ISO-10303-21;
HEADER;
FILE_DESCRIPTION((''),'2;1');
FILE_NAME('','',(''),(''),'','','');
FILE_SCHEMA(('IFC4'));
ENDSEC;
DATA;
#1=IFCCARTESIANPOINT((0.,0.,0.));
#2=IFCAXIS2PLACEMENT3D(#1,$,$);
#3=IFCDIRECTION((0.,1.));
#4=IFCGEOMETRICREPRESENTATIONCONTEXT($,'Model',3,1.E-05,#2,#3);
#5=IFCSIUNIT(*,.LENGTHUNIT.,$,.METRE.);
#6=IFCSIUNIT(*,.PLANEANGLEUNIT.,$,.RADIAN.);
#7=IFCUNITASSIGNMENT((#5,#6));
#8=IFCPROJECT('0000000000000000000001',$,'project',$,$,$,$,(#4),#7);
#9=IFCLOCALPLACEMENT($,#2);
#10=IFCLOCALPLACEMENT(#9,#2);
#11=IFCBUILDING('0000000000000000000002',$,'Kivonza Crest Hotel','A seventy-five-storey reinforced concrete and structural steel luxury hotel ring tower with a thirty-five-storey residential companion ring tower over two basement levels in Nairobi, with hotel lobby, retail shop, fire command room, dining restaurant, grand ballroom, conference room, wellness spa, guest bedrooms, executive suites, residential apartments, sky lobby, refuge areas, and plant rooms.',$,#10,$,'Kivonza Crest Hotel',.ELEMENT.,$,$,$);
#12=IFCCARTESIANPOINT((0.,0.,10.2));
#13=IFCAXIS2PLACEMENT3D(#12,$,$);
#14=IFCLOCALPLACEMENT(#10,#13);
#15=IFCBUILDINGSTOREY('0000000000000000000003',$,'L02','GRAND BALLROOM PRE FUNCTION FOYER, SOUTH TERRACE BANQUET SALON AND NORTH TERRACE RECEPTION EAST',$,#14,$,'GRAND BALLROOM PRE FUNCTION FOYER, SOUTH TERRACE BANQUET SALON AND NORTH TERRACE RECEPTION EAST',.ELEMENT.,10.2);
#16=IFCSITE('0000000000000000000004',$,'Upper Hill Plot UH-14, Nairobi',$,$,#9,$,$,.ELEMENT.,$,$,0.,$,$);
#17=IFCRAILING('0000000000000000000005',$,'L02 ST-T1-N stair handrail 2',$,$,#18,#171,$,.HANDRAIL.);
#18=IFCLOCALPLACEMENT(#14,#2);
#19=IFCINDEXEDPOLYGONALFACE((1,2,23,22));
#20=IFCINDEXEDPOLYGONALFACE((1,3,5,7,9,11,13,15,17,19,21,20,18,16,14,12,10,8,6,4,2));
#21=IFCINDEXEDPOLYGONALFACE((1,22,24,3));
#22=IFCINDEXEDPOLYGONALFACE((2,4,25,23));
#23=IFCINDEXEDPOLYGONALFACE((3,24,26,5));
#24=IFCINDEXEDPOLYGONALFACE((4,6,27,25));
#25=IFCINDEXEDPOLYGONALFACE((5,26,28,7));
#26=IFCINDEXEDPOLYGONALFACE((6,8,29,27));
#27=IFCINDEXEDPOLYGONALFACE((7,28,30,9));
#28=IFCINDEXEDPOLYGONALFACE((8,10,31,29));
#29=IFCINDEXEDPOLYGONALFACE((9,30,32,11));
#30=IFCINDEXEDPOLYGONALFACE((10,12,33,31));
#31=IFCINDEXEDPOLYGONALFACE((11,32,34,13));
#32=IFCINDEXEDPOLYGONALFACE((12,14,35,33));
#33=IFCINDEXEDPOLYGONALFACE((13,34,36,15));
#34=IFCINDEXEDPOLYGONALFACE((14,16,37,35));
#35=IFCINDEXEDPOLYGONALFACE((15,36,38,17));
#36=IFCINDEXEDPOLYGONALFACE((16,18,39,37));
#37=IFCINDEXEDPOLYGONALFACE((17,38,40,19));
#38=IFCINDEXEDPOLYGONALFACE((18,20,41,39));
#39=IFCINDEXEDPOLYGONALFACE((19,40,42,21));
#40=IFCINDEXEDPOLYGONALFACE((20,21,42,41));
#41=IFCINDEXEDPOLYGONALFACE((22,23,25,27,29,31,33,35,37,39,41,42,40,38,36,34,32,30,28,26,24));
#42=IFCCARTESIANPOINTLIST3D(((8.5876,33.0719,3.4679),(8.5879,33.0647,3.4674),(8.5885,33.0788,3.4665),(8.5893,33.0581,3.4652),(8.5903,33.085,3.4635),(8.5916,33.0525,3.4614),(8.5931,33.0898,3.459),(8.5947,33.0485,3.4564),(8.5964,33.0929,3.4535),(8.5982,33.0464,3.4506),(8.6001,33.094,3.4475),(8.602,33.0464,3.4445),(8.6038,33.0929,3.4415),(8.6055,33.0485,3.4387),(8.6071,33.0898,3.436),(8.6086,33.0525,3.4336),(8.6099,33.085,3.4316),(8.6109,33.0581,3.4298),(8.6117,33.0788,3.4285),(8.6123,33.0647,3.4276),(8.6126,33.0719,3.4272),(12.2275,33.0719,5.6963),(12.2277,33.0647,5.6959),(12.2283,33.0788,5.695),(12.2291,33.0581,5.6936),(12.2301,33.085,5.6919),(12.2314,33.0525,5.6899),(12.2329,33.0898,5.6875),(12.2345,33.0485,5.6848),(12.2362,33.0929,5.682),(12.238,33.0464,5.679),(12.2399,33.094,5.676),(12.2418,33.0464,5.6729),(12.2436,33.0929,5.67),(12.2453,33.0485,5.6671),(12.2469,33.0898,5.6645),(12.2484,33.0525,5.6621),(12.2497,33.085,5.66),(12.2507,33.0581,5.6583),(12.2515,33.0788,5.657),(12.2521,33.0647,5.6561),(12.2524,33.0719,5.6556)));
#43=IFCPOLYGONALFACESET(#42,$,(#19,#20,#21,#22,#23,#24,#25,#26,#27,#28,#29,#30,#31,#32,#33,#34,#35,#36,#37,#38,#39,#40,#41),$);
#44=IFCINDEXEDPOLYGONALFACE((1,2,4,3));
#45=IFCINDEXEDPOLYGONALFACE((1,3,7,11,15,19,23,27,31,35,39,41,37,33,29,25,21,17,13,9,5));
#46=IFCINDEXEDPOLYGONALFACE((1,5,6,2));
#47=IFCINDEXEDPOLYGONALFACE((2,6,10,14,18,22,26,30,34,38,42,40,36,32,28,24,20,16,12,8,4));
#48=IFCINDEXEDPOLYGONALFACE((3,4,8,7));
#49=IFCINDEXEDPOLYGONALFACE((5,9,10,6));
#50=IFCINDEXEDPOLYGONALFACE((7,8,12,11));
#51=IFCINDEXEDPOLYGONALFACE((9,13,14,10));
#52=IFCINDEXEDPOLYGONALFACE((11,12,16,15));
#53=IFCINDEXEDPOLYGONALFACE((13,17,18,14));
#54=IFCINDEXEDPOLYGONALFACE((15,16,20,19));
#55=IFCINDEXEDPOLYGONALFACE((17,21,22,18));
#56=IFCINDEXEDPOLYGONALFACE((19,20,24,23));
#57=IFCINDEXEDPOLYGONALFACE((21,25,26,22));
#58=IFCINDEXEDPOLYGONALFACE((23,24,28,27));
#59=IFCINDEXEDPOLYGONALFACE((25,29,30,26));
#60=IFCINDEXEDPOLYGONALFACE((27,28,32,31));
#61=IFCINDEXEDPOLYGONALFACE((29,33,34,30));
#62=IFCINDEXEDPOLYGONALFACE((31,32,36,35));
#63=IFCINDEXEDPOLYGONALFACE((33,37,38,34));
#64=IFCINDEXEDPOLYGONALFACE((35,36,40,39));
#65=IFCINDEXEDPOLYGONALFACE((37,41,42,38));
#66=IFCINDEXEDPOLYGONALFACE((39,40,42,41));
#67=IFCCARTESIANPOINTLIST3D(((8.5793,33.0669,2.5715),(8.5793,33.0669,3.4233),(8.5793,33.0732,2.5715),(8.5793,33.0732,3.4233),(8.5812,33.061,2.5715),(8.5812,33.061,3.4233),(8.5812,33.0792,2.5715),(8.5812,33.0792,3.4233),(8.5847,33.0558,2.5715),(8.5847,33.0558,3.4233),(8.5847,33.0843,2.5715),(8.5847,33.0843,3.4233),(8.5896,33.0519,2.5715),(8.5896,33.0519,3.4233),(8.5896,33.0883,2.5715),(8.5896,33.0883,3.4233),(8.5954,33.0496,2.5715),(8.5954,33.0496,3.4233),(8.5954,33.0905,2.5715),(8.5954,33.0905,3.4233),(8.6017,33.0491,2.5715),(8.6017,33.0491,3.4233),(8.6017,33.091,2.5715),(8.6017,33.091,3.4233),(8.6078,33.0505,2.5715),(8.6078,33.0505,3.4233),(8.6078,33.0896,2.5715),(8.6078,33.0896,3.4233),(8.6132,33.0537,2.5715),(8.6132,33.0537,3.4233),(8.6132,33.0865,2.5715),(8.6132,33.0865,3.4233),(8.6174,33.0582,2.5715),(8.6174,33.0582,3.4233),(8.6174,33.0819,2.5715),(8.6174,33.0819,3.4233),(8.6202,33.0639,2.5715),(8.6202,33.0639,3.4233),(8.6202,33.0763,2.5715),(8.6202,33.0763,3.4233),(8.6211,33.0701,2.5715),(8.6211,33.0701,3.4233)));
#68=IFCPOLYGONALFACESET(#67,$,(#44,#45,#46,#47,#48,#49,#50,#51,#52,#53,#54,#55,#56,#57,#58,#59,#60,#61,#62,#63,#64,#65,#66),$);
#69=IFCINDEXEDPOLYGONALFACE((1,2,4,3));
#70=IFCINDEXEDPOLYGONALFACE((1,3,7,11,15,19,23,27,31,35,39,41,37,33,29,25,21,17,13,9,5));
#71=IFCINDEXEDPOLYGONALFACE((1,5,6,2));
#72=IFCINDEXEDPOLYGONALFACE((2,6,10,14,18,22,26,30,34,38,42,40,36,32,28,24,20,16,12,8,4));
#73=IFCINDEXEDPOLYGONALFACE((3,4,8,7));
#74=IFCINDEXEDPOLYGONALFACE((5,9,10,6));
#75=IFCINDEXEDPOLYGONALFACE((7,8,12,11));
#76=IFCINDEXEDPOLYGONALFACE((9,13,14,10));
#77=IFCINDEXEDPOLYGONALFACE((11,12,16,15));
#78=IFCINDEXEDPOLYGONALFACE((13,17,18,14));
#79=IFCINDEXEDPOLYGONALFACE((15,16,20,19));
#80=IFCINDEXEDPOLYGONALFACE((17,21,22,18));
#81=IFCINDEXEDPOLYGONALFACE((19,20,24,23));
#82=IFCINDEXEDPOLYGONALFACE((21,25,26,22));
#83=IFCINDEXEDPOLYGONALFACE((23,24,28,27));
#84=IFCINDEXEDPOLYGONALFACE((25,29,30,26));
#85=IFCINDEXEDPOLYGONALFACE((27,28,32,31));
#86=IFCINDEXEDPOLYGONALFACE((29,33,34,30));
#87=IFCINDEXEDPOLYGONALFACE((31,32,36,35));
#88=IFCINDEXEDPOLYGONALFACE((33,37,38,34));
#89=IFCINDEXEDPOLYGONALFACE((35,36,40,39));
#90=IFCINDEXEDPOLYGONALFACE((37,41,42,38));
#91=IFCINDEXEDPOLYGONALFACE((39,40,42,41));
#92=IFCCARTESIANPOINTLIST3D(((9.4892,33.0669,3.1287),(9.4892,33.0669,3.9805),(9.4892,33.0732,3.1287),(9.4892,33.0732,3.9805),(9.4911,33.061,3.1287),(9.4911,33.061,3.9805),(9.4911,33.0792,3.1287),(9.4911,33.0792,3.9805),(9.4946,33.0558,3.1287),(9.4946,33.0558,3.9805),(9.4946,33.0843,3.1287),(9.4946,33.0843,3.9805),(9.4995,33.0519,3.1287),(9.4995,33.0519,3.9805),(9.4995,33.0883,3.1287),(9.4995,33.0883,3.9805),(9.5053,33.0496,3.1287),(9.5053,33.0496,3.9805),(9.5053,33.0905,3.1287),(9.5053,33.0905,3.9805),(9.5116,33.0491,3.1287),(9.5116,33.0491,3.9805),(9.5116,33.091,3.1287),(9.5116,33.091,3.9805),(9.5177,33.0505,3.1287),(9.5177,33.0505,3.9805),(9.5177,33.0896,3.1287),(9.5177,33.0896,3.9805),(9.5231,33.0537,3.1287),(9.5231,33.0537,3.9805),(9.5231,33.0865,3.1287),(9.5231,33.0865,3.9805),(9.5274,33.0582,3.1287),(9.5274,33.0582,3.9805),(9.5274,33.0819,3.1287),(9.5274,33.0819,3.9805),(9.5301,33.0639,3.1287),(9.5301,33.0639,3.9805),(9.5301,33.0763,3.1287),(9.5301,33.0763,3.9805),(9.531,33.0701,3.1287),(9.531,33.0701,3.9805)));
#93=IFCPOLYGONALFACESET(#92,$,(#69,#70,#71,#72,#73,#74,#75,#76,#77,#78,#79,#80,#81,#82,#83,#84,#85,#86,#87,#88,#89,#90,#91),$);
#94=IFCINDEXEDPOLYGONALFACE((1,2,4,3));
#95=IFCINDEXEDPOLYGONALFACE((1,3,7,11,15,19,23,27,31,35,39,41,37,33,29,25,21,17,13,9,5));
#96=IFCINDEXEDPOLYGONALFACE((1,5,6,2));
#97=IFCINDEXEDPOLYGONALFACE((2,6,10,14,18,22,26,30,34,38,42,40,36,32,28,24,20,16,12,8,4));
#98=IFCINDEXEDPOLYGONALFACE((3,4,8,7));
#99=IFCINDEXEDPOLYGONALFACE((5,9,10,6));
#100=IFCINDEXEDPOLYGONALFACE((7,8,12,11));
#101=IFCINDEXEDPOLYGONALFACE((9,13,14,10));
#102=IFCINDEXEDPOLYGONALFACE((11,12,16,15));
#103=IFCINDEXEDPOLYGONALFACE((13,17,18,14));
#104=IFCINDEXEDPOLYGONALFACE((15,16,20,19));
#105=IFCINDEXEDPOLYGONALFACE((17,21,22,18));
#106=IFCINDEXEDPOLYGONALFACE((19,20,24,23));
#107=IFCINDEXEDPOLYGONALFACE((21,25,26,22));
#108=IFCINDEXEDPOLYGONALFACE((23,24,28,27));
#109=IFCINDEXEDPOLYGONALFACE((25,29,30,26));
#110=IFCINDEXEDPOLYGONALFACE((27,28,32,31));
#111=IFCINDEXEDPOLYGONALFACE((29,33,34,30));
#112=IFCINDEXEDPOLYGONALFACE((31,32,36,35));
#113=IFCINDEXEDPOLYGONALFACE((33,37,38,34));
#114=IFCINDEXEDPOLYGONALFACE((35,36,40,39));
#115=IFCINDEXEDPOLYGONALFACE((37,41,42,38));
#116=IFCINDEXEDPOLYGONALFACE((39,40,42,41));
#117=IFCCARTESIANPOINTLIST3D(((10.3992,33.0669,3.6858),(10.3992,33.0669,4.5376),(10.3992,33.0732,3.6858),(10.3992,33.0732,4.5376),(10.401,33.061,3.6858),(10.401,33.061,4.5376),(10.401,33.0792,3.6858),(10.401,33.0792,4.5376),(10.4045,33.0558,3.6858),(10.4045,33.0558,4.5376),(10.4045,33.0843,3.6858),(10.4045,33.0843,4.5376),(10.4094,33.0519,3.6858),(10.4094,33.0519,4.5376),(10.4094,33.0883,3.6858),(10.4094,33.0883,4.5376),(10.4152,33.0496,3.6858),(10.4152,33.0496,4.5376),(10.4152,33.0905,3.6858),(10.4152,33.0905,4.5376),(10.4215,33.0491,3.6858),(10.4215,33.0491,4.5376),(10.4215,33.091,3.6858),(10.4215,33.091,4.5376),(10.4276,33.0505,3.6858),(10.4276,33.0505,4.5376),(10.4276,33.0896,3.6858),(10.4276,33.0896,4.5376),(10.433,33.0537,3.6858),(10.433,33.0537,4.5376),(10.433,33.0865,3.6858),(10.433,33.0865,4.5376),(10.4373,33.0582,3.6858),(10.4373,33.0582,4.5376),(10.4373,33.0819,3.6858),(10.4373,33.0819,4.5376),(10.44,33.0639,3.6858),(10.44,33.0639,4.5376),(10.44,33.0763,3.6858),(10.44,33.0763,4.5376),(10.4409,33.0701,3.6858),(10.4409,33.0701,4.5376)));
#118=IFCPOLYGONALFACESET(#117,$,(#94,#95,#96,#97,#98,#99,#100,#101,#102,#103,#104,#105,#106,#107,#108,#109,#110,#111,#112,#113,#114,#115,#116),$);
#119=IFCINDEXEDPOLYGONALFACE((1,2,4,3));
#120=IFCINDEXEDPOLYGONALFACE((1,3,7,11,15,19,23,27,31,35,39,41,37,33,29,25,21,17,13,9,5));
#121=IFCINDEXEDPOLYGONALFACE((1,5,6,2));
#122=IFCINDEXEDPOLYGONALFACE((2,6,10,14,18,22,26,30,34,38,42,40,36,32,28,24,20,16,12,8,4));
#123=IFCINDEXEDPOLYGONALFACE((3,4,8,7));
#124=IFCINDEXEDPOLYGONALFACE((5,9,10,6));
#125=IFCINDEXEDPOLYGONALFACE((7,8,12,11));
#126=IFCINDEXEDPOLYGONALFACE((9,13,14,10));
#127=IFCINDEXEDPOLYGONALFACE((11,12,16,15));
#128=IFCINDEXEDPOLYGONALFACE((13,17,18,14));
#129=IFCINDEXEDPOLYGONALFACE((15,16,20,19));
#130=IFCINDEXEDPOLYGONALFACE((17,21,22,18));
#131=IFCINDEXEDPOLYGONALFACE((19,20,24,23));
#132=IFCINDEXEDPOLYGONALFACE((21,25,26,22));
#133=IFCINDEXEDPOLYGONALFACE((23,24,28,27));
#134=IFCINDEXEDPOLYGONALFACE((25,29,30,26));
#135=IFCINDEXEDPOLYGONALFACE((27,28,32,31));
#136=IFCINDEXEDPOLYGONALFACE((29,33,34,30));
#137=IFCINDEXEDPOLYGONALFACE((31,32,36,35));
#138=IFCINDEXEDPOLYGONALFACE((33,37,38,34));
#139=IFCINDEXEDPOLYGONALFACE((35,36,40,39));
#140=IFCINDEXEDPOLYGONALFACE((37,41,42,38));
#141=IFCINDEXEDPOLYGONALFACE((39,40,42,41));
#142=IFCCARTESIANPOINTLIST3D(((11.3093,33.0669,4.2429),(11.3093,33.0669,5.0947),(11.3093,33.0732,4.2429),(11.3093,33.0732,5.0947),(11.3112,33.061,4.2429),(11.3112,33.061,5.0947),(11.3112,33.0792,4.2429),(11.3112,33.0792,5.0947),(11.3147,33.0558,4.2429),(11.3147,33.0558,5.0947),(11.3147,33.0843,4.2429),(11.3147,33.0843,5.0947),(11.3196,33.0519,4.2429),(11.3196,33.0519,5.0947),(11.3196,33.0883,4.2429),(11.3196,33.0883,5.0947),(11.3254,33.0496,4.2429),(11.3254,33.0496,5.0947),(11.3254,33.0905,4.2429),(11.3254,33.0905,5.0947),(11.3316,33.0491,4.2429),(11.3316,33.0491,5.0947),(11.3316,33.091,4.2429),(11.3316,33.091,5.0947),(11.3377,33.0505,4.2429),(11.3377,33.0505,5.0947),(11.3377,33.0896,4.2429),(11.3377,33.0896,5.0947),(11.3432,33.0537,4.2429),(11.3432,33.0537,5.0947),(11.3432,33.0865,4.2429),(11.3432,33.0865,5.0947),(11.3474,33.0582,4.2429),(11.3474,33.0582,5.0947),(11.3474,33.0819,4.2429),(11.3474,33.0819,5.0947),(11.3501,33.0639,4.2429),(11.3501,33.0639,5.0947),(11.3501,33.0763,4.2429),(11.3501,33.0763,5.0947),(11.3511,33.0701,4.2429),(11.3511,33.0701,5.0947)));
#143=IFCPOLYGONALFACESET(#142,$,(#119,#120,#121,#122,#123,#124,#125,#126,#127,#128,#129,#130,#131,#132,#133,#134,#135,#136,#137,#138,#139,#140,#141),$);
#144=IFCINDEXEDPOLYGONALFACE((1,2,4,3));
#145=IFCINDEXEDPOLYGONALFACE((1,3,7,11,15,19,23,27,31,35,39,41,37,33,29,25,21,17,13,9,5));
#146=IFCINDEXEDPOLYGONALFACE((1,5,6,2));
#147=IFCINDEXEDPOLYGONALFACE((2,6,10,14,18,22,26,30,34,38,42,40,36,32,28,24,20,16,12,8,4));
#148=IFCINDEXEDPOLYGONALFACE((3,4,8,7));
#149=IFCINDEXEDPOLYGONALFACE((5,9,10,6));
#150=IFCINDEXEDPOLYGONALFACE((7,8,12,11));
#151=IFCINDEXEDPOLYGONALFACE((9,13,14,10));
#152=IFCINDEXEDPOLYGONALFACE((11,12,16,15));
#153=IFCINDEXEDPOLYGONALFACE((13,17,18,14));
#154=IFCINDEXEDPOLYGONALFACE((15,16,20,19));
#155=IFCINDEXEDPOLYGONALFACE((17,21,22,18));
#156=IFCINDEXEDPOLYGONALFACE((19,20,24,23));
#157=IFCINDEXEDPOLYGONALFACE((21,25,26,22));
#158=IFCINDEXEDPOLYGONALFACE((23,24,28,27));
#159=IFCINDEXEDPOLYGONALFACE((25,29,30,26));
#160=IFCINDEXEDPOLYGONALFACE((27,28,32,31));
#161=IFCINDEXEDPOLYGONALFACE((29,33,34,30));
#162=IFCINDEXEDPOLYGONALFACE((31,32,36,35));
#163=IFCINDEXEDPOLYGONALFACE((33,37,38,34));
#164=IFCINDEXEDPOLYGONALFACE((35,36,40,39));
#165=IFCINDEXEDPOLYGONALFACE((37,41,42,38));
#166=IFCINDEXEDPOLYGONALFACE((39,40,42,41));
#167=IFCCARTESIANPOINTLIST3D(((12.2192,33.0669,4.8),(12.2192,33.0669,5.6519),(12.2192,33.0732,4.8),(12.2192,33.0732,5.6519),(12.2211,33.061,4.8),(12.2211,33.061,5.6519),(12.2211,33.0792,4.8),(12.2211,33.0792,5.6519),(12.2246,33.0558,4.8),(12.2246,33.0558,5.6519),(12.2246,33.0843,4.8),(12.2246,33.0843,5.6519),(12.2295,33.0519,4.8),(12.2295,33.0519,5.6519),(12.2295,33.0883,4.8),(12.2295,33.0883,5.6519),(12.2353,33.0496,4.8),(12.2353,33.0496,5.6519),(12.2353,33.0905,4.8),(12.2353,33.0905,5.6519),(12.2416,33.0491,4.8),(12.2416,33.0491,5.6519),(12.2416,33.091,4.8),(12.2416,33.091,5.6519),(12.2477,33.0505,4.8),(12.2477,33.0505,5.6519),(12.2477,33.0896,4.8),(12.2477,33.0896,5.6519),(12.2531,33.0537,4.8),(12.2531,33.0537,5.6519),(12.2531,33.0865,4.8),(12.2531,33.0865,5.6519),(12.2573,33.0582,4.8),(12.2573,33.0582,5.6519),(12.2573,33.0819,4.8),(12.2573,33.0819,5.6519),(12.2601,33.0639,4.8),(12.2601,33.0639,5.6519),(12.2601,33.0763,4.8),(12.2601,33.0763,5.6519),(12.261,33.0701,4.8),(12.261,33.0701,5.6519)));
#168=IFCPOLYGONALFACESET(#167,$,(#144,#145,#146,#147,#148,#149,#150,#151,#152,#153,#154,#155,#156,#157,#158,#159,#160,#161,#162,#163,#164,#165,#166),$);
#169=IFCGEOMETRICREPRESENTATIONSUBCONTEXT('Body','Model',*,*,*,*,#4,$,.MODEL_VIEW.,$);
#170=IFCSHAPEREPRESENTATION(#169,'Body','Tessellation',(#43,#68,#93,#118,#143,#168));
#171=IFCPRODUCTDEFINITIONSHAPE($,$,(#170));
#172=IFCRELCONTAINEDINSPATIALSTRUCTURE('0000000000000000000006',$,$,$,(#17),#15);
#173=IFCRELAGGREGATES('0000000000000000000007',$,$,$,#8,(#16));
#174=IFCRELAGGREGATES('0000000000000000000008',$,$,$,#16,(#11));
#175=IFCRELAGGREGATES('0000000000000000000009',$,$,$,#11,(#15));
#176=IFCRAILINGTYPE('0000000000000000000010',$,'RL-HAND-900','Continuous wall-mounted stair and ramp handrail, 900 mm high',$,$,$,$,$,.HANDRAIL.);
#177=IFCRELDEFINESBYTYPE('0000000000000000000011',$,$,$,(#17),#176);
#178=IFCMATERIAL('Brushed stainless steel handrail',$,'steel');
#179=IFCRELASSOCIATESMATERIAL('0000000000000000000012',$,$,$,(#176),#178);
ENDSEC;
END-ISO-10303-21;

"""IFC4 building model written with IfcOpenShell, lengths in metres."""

from ifc_helpers import new_model, si_unit, direction, frame, origin, origin_2d, place, context, subcontext, project, spatial, circle, extrude, material, type_object, element, save


model = new_model("IFC4")

# Units and contexts
model_context = context("Model", 3, precision=1e-05, world=origin(), true_north=direction((0.0, 1.0)))
body_context = subcontext(model_context, "Body", "Model", "MODEL_VIEW")
ifc_project = project(units=[si_unit("LENGTHUNIT", "METRE"), si_unit("PLANEANGLEUNIT", "RADIAN")], contexts=[model_context])

# Site, building, storey
site_placement = place(None, origin())
site = spatial("IfcSite", under=ifc_project, at=site_placement, Name="Upper Hill Plot UH-14, Nairobi", CompositionType="ELEMENT", RefElevation=0.0)
building_placement = place(site_placement, origin())
building = spatial("IfcBuilding", under=site, at=building_placement, Name="Kivonza Crest Hotel", Description="A seventy-five-storey reinforced concrete and structural steel luxury hotel ring tower with a thirty-five-storey residential companion ring tower over two basement levels in Nairobi, with hotel lobby, retail shop, fire command room, dining restaurant, grand ballroom, conference room, wellness spa, guest bedrooms, executive suites, residential apartments, sky lobby, refuge areas, and plant rooms.", LongName="Kivonza Crest Hotel", CompositionType="ELEMENT")
storey_placement = place(building_placement, frame((0.0, 0.0, 10.2)))
storey = spatial("IfcBuildingStorey", under=building, at=storey_placement, Name="L02", Description="GRAND BALLROOM PRE FUNCTION FOYER, SOUTH TERRACE BANQUET SALON AND NORTH TERRACE RECEPTION EAST", LongName="GRAND BALLROOM PRE FUNCTION FOYER, SOUTH TERRACE BANQUET SALON AND NORTH TERRACE RECEPTION EAST", CompositionType="ELEMENT", Elevation=10.2)

# Railing
ifc_material_1 = material(Name="Brushed stainless steel handrail", Category="steel")
railing_type_1 = type_object("IfcRailingType", Name="RL-HAND-900", Description="Continuous wall-mounted stair and ramp handrail, 900 mm high", PredefinedType="HANDRAIL", material=ifc_material_1)
railing_1_placement = place(storey_placement, frame((8.6001, 33.0701, 2.5715)))
element("IfcRailing", 1, at=railing_1_placement, inside=storey, type_object=railing_type_1, Name="L02 ST-T1-N stair handrail 2", PredefinedType="HANDRAIL", context=body_context, shape_type="SweptSolid", body=[
    extrude(circle(Radius=0.0239, at=origin_2d()), frame((0.0, 0.0, 0.876), z_axis=(0.85285, 0.0, 0.522156), x_axis=(0.0, 1.0, 0.0)), (0.0, 0.0, 1.0), 4.2678),
    extrude(circle(Radius=0.021, at=origin_2d()), origin(), (0.0, 0.0, 1.0), 0.8518),
    extrude(circle(Radius=0.021, at=origin_2d()), frame((0.9099, 0.0, 0.5571)), (0.0, 0.0, 1.0), 0.8518),
    extrude(circle(Radius=0.021, at=origin_2d()), frame((1.8198, 0.0, 1.1143)), (0.0, 0.0, 1.0), 0.8518),
    extrude(circle(Radius=0.021, at=origin_2d()), frame((2.73, 0.0, 1.6714)), (0.0, 0.0, 1.0), 0.8518),
    extrude(circle(Radius=0.021, at=origin_2d()), frame((3.6399, 0.0, 2.2285)), (0.0, 0.0, 1.0), 0.8518),
])

save(model, "model.ifc")
